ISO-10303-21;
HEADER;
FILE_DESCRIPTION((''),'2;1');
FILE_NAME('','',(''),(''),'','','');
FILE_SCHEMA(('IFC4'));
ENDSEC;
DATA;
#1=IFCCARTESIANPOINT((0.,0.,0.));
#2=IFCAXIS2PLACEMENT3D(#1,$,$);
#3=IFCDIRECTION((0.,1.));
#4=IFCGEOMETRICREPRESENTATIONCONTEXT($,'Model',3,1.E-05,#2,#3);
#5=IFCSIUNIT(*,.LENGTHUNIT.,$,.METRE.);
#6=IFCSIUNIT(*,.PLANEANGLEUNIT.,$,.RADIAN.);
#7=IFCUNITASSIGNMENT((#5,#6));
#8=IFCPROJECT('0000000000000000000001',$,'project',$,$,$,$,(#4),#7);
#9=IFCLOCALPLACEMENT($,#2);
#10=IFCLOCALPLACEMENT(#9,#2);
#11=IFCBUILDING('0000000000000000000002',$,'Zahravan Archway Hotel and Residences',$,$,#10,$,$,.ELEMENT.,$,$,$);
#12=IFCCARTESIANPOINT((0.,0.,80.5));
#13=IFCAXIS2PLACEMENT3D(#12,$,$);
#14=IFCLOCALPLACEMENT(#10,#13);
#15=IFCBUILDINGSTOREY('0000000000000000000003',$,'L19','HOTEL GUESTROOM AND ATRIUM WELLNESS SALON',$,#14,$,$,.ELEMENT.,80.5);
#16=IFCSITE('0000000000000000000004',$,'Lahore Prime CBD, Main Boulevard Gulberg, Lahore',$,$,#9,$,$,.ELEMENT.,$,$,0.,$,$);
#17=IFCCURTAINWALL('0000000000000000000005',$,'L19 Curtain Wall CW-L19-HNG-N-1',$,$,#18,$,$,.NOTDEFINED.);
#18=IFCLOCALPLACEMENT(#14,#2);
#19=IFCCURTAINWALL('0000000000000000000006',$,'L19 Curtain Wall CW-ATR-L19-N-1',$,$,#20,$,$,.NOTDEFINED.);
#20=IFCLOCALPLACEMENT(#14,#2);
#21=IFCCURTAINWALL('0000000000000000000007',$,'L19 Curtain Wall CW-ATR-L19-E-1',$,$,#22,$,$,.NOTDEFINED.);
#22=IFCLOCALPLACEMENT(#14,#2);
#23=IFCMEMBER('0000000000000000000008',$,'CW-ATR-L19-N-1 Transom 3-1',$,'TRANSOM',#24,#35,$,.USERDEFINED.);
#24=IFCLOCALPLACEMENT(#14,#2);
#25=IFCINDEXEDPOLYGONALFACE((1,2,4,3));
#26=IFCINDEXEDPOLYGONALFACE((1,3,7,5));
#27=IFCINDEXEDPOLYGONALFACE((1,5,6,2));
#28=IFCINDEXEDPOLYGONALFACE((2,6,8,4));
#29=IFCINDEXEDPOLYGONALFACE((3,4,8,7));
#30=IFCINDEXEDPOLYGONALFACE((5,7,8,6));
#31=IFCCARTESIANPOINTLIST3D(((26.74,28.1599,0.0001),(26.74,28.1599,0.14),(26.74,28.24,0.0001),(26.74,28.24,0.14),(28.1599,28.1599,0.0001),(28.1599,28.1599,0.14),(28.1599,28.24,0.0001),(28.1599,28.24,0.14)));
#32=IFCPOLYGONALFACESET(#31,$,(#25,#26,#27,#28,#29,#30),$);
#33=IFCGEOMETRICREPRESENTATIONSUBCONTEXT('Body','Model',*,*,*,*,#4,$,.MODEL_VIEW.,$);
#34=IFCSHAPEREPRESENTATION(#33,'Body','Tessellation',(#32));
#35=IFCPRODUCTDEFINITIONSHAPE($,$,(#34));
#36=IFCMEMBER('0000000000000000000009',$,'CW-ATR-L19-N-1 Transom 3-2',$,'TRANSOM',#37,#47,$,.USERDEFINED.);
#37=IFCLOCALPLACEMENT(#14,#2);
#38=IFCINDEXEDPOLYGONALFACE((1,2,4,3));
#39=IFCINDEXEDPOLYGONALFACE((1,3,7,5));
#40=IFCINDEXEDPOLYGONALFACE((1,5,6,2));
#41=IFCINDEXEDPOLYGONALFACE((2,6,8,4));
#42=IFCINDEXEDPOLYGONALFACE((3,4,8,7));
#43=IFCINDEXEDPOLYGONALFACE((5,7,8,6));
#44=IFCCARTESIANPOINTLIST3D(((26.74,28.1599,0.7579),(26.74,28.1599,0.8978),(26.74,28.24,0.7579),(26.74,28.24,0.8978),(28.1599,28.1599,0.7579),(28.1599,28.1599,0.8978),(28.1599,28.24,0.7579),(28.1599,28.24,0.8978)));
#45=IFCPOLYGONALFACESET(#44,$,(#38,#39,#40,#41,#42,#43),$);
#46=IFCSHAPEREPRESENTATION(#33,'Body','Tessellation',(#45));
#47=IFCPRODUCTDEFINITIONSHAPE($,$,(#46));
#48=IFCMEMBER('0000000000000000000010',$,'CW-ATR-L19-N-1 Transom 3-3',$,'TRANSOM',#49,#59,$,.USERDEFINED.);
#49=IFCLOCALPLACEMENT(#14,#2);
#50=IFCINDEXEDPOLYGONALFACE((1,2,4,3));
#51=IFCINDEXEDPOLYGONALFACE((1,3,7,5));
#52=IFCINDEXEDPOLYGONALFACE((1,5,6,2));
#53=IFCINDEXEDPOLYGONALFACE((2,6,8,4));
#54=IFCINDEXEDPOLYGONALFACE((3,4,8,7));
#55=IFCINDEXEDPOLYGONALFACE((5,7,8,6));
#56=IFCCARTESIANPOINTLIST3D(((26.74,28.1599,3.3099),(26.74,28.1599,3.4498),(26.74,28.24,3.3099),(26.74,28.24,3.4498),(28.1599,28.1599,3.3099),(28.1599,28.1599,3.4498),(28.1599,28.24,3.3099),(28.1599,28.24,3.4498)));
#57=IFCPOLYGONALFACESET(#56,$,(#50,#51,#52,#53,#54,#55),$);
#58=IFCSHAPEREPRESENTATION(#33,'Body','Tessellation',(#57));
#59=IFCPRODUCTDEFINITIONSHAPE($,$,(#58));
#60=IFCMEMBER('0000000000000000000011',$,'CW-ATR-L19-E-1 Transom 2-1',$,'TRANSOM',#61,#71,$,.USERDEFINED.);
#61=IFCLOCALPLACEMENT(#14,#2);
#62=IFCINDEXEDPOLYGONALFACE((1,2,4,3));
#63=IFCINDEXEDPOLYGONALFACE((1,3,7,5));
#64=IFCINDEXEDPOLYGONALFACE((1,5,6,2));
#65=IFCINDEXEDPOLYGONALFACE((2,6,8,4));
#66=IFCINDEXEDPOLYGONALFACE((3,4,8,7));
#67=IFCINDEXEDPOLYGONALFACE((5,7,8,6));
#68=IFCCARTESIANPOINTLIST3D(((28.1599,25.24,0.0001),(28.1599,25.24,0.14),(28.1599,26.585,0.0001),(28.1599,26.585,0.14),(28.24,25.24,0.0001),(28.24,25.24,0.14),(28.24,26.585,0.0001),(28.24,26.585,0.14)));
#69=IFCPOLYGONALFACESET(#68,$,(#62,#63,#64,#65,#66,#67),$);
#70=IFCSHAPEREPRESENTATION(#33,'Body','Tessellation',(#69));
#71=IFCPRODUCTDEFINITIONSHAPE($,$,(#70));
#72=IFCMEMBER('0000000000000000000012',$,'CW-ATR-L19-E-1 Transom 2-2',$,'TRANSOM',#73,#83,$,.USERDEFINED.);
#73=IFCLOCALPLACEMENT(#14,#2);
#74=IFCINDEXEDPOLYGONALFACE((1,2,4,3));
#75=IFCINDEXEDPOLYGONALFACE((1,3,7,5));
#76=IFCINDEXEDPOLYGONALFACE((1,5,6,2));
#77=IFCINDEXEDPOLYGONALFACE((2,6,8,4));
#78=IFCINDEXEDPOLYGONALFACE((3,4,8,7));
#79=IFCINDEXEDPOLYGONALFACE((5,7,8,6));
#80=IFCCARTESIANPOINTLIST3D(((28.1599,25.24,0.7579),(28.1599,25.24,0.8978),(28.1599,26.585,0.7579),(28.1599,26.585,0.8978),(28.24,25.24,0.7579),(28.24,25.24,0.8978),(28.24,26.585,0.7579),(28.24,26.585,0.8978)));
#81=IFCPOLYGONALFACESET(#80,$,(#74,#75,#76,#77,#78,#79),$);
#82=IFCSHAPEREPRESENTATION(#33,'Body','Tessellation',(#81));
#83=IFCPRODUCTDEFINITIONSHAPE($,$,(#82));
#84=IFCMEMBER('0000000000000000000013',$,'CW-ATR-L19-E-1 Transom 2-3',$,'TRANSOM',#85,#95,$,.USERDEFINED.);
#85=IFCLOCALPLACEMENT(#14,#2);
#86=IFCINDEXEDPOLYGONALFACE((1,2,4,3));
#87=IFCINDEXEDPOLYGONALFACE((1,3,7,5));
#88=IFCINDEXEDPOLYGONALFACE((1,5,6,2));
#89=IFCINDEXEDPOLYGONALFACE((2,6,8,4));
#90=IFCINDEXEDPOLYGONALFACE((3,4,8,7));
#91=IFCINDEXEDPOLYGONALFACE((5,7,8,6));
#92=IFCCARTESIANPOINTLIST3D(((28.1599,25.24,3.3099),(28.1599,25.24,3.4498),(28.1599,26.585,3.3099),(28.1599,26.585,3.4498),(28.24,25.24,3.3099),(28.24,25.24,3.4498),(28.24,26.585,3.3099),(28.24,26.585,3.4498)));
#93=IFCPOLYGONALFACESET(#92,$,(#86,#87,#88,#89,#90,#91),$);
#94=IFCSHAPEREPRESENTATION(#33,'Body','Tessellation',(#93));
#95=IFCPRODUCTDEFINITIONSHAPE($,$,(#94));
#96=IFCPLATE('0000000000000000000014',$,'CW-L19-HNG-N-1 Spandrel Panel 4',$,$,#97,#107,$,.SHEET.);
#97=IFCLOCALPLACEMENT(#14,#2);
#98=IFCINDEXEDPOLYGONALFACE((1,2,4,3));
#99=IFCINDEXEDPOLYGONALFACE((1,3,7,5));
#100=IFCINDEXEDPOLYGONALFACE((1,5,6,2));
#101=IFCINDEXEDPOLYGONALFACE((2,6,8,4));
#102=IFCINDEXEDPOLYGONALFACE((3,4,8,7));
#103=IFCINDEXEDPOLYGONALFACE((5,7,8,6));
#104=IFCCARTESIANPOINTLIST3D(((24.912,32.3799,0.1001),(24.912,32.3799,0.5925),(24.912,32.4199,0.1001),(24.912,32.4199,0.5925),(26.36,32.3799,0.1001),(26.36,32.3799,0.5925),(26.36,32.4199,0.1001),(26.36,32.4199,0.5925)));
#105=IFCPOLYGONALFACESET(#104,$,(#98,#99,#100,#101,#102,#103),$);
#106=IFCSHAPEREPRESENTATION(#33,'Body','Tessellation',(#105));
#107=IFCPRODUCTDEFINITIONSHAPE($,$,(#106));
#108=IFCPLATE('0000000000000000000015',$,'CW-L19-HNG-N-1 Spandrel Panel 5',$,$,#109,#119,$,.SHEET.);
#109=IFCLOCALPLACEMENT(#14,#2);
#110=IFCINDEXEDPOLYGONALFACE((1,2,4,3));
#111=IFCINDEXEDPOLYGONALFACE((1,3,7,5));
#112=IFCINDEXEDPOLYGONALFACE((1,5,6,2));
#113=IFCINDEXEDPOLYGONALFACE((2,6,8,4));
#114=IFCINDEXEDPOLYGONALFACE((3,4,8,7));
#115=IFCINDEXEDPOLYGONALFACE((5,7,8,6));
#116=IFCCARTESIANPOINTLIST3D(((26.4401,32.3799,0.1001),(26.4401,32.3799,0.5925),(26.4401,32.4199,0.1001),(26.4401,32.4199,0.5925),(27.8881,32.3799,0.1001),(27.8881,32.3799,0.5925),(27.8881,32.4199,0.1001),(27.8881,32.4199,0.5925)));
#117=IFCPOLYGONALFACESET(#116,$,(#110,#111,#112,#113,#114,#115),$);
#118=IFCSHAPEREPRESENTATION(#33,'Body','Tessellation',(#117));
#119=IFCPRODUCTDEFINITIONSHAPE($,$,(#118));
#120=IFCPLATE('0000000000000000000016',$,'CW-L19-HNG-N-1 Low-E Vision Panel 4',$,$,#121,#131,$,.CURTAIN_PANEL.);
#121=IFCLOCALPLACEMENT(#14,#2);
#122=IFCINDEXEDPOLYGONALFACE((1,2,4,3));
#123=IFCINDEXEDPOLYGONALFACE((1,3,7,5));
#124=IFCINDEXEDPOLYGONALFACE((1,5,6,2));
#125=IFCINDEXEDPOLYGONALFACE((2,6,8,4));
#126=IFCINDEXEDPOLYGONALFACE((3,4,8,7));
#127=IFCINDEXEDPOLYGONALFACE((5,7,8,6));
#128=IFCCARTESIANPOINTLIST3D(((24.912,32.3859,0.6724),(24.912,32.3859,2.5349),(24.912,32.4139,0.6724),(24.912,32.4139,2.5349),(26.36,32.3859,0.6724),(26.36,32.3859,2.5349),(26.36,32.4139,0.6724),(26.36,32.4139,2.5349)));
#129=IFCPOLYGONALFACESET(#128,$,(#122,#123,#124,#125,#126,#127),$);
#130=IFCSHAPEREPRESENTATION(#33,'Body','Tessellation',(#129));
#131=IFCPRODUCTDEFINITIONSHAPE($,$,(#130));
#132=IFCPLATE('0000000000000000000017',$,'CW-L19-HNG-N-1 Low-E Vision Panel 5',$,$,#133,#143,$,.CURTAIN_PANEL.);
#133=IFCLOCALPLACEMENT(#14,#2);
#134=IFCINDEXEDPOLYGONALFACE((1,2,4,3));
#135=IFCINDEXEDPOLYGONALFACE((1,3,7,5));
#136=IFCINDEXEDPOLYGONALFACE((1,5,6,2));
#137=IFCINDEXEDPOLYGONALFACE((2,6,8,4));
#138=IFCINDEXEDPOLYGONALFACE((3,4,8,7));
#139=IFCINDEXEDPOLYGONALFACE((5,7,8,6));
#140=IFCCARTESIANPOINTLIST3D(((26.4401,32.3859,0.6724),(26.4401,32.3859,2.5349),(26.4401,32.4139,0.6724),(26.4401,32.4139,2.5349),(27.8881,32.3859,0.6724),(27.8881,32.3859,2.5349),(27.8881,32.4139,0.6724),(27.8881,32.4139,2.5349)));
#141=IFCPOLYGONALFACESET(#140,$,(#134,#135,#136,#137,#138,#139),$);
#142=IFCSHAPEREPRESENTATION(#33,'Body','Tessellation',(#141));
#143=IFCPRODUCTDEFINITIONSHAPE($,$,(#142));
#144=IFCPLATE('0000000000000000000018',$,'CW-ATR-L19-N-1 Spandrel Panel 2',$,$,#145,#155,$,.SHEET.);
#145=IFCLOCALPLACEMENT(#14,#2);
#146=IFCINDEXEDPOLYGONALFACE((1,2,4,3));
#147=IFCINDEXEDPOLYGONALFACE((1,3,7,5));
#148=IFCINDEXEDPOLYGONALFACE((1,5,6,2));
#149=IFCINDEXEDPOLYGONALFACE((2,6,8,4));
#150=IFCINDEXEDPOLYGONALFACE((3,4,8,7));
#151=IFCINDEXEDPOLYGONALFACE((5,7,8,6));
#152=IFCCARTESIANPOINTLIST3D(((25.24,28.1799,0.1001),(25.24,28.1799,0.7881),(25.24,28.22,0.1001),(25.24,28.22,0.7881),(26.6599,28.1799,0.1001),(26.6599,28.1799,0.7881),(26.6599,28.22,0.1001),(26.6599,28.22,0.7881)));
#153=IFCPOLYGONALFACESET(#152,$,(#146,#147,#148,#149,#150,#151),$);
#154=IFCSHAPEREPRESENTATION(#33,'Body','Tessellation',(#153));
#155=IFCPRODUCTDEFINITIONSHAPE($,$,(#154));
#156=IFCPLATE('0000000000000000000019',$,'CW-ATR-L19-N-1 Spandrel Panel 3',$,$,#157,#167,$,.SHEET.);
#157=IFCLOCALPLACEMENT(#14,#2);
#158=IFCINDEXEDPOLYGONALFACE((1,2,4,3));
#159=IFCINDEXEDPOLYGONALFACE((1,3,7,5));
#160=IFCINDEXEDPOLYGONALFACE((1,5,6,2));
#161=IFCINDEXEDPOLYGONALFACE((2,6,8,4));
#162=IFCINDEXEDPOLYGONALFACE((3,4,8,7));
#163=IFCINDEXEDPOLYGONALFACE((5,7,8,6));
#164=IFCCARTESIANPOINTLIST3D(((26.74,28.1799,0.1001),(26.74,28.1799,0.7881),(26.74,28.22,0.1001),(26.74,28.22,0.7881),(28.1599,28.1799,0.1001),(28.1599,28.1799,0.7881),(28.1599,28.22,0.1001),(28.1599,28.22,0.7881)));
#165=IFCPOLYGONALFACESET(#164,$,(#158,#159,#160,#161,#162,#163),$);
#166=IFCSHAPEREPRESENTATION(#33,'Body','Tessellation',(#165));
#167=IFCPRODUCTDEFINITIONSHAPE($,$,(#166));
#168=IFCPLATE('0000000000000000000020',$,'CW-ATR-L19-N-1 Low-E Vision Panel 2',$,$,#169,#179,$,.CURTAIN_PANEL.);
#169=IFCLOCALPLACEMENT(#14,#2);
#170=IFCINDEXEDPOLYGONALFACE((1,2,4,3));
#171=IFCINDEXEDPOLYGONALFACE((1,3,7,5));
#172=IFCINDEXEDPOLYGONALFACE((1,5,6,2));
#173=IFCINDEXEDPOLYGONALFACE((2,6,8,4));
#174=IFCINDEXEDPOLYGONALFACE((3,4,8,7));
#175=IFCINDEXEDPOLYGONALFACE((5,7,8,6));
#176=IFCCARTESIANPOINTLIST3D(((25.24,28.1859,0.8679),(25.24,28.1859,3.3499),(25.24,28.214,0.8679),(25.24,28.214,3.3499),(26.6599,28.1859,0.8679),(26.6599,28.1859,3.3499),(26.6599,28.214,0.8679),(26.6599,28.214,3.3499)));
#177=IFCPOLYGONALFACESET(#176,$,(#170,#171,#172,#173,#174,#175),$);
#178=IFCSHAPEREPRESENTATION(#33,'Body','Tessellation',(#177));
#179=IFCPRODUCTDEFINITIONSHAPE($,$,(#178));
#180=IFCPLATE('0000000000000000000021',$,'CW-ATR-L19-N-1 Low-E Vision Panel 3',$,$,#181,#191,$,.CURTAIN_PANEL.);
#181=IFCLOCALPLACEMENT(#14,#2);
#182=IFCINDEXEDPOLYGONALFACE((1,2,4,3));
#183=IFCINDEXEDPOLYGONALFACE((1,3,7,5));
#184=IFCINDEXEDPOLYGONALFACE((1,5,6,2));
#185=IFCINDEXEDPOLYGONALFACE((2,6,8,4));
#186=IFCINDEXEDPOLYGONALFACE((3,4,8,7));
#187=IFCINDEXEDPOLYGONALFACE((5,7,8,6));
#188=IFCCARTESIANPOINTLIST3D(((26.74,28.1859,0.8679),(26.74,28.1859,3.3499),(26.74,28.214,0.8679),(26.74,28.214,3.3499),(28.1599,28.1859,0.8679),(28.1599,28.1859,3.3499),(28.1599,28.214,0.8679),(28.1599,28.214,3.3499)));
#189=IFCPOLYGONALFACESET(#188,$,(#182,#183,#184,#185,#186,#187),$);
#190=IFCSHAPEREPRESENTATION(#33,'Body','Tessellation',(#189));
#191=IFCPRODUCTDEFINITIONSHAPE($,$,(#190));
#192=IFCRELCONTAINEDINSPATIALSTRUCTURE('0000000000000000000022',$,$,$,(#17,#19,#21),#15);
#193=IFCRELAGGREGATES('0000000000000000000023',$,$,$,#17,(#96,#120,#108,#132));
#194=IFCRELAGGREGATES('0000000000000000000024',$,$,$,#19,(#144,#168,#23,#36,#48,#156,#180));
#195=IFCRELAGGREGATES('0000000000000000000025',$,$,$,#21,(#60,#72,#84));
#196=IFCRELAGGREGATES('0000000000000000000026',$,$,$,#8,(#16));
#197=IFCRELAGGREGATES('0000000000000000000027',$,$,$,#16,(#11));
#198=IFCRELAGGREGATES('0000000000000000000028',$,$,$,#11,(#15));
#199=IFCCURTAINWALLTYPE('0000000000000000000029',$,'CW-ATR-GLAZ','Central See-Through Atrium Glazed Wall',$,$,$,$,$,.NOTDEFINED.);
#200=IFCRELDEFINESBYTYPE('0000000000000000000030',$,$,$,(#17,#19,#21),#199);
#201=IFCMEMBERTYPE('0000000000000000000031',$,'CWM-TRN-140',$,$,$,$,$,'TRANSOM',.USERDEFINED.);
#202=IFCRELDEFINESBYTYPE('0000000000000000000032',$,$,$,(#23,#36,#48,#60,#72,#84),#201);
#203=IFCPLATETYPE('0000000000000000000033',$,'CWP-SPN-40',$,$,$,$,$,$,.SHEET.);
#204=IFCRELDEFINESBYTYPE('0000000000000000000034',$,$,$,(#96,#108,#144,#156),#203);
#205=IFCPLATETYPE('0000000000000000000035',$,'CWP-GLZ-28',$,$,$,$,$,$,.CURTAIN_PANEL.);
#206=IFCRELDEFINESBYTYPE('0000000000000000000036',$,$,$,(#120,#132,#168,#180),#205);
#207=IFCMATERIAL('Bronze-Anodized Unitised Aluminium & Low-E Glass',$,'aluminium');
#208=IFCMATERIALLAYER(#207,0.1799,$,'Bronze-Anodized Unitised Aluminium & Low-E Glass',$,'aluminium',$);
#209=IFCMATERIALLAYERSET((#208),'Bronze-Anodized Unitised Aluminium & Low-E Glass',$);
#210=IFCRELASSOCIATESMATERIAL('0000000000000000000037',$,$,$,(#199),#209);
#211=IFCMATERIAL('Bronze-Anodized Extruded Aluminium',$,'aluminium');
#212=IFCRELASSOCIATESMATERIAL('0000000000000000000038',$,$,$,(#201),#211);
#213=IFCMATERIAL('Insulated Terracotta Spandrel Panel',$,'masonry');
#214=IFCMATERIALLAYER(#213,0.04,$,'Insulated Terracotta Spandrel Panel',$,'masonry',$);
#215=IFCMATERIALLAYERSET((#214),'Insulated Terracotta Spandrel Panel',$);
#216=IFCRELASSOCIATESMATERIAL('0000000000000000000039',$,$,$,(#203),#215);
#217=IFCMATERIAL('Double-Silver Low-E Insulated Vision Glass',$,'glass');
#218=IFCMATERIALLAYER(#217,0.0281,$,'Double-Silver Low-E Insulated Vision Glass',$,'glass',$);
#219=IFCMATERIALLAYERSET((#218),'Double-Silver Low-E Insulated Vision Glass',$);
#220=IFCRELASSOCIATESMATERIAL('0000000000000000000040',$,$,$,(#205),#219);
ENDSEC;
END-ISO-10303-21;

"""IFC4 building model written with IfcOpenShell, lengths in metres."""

from ifc_helpers import new_model, si_unit, direction, frame, origin, origin_2d, place, context, subcontext, project, spatial, rectangle, extrude, source, transform, mapped, material, layer, layer_set, material_profile, profile_set, type_object, element, aggregate, save


model = new_model("IFC4")

# Units and contexts
model_context = context("Model", 3, precision=1e-05, world=origin(), true_north=direction((0.0, 1.0)))
body_context = subcontext(model_context, "Body", "Model", "MODEL_VIEW")
ifc_project = project(units=[si_unit("LENGTHUNIT", "METRE"), si_unit("PLANEANGLEUNIT", "RADIAN")], contexts=[model_context])

# Site, building, storey
site_placement = place(None, origin())
site = spatial("IfcSite", under=ifc_project, at=site_placement, Name="Lahore Prime CBD, Main Boulevard Gulberg, Lahore", CompositionType="ELEMENT", RefElevation=0.0)
building_placement = place(site_placement, origin())
building = spatial("IfcBuilding", under=site, at=building_placement, Name="Zahravan Archway Hotel and Residences", CompositionType="ELEMENT")
storey_placement = place(building_placement, frame((0.0, 0.0, 80.5)))
storey = spatial("IfcBuildingStorey", under=building, at=storey_placement, Name="L19", Description="HOTEL GUESTROOM AND ATRIUM WELLNESS SALON", CompositionType="ELEMENT", Elevation=80.5)

# Curtain walls
ifc_material_1 = material(Name="Bronze-Anodized Unitised Aluminium & Low-E Glass", Category="aluminium")
ifc_layer_1 = layer(ifc_material_1, 0.1799, Name="Bronze-Anodized Unitised Aluminium & Low-E Glass", Category="aluminium")
ifc_layer_set_1 = layer_set([ifc_layer_1], Name="Bronze-Anodized Unitised Aluminium & Low-E Glass")
curtain_wall_type = type_object("IfcCurtainWallType", Name="CW-ATR-GLAZ", Description="Central See-Through Atrium Glazed Wall", PredefinedType="NOTDEFINED", material=ifc_layer_set_1)
curtain_wall_1_placement = place(storey_placement, origin())
curtain_wall_1 = element("IfcCurtainWall", 1, at=curtain_wall_1_placement, inside=storey, type_object=curtain_wall_type, Name="L19 Curtain Wall CW-L19-HNG-N-1", PredefinedType="NOTDEFINED")
ifc_material_2 = material(Name="Bronze-Anodized Extruded Aluminium", Category="aluminium")
ifc_material_profile_1 = material_profile(ifc_material_2, rectangle(XDim=0.0801, YDim=0.1399, at=origin_2d()), Name="TRN 80x140", Category="aluminium")
ifc_profile_set_1 = profile_set([ifc_material_profile_1], Name="Bronze-Anodized Extruded Aluminium")
member_type_1 = type_object("IfcMemberType", Name="CWM-TRN-140", ElementType="TRANSOM", PredefinedType="USERDEFINED", material=ifc_profile_set_1)
curtain_wall_2_placement = place(storey_placement, origin())
curtain_wall_2 = element("IfcCurtainWall", 2, at=curtain_wall_2_placement, inside=storey, type_object=curtain_wall_type, Name="L19 Curtain Wall CW-ATR-L19-N-1", PredefinedType="NOTDEFINED")

# Curtain wall
curtain_wall_3_placement = place(storey_placement, origin())
curtain_wall_3 = element("IfcCurtainWall", 3, at=curtain_wall_3_placement, inside=storey, type_object=curtain_wall_type, Name="L19 Curtain Wall CW-ATR-L19-E-1", PredefinedType="NOTDEFINED")

# Members
shared_shape_1 = source(origin(), body_context, "Body", "SweptSolid", [
    extrude(rectangle(XDim=0.0801, YDim=0.1399, at=origin_2d()), origin(), (0.0, 0.0, 1.0), 1.4199),
])
member_1_placement = place(storey_placement, frame((26.74, 28.2, 0.0701), z_axis=(1.0, 0.0, 0.0), x_axis=(0.0, 1.0, 0.0)))
member_1 = element("IfcMember", 4, at=member_1_placement, type_object=member_type_1, Name="CW-ATR-L19-N-1 Transom 3-1", ObjectType="TRANSOM", PredefinedType="USERDEFINED", context=body_context, shape_type="MappedRepresentation", body=[
    mapped(shared_shape_1, transform((0.0, 0.0, 0.0), scale=1.0)),
])
member_2_placement = place(storey_placement, frame((26.74, 28.2, 0.8279), z_axis=(1.0, 0.0, 0.0), x_axis=(0.0, 1.0, 0.0)))
member_2 = element("IfcMember", 5, at=member_2_placement, type_object=member_type_1, Name="CW-ATR-L19-N-1 Transom 3-2", ObjectType="TRANSOM", PredefinedType="USERDEFINED", context=body_context, shape_type="MappedRepresentation", body=[
    mapped(shared_shape_1, transform((0.0, 0.0, 0.0), scale=1.0)),
])
member_3_placement = place(storey_placement, frame((26.74, 28.2, 3.3799), z_axis=(1.0, 0.0, 0.0), x_axis=(0.0, 1.0, 0.0)))
member_3 = element("IfcMember", 6, at=member_3_placement, type_object=member_type_1, Name="CW-ATR-L19-N-1 Transom 3-3", ObjectType="TRANSOM", PredefinedType="USERDEFINED", context=body_context, shape_type="MappedRepresentation", body=[
    mapped(shared_shape_1, transform((0.0, 0.0, 0.0), scale=1.0)),
])
shared_shape_2 = source(origin(), body_context, "Body", "SweptSolid", [
    extrude(rectangle(XDim=0.0801, YDim=0.1399, at=origin_2d()), origin(), (0.0, 0.0, 1.0), 1.345),
])
member_4_placement = place(storey_placement, frame((28.2, 25.24, 0.0701), z_axis=(0.0, 1.0, 0.0), x_axis=(-1.0, 0.0, 0.0)))
member_4 = element("IfcMember", 7, at=member_4_placement, type_object=member_type_1, Name="CW-ATR-L19-E-1 Transom 2-1", ObjectType="TRANSOM", PredefinedType="USERDEFINED", context=body_context, shape_type="MappedRepresentation", body=[
    mapped(shared_shape_2, transform((0.0, 0.0, 0.0), scale=1.0)),
])
member_5_placement = place(storey_placement, frame((28.2, 25.24, 0.8279), z_axis=(0.0, 1.0, 0.0), x_axis=(-1.0, 0.0, 0.0)))
member_5 = element("IfcMember", 8, at=member_5_placement, type_object=member_type_1, Name="CW-ATR-L19-E-1 Transom 2-2", ObjectType="TRANSOM", PredefinedType="USERDEFINED", context=body_context, shape_type="MappedRepresentation", body=[
    mapped(shared_shape_2, transform((0.0, 0.0, 0.0), scale=1.0)),
])
member_6_placement = place(storey_placement, frame((28.2, 25.24, 3.3799), z_axis=(0.0, 1.0, 0.0), x_axis=(-1.0, 0.0, 0.0)))
member_6 = element("IfcMember", 9, at=member_6_placement, type_object=member_type_1, Name="CW-ATR-L19-E-1 Transom 2-3", ObjectType="TRANSOM", PredefinedType="USERDEFINED", context=body_context, shape_type="MappedRepresentation", body=[
    mapped(shared_shape_2, transform((0.0, 0.0, 0.0), scale=1.0)),
])

# Plates
ifc_material_3 = material(Name="Insulated Terracotta Spandrel Panel", Category="masonry")
ifc_layer_2 = layer(ifc_material_3, 0.04, Name="Insulated Terracotta Spandrel Panel", Category="masonry")
ifc_layer_set_2 = layer_set([ifc_layer_2], Name="Insulated Terracotta Spandrel Panel")
plate_type_1 = type_object("IfcPlateType", Name="CWP-SPN-40", PredefinedType="SHEET", material=ifc_layer_set_2)
shared_shape_3 = source(origin(), body_context, "Body", "SweptSolid", [
    extrude(rectangle(XDim=1.448, YDim=0.04, at=origin_2d()), origin(), (0.0, 0.0, 1.0), 0.4924),
])
plate_1_placement = place(storey_placement, frame((25.636, 32.3999, 0.1001), z_axis=(0.0, 0.0, 1.0), x_axis=(1.0, 0.0, 0.0)))
plate_1 = element("IfcPlate", 10, at=plate_1_placement, type_object=plate_type_1, Name="CW-L19-HNG-N-1 Spandrel Panel 4", PredefinedType="SHEET", context=body_context, shape_type="MappedRepresentation", body=[
    mapped(shared_shape_3, transform((0.0, 0.0, 0.0), scale=1.0)),
])
plate_2_placement = place(storey_placement, frame((27.1641, 32.3999, 0.1001), z_axis=(0.0, 0.0, 1.0), x_axis=(1.0, 0.0, 0.0)))
plate_2 = element("IfcPlate", 11, at=plate_2_placement, type_object=plate_type_1, Name="CW-L19-HNG-N-1 Spandrel Panel 5", PredefinedType="SHEET", context=body_context, shape_type="MappedRepresentation", body=[
    mapped(shared_shape_3, transform((0.0, 0.0, 0.0), scale=1.0)),
])
ifc_material_4 = material(Name="Double-Silver Low-E Insulated Vision Glass", Category="glass")
ifc_layer_3 = layer(ifc_material_4, 0.0281, Name="Double-Silver Low-E Insulated Vision Glass", Category="glass")
ifc_layer_set_3 = layer_set([ifc_layer_3], Name="Double-Silver Low-E Insulated Vision Glass")
plate_type_2 = type_object("IfcPlateType", Name="CWP-GLZ-28", PredefinedType="CURTAIN_PANEL", material=ifc_layer_set_3)
shared_shape_4 = source(origin(), body_context, "Body", "SweptSolid", [
    extrude(rectangle(XDim=1.448, YDim=0.0281, at=origin_2d()), origin(), (0.0, 0.0, 1.0), 1.8625),
])
plate_3_placement = place(storey_placement, frame((25.636, 32.3999, 0.6724), z_axis=(0.0, 0.0, 1.0), x_axis=(1.0, 0.0, 0.0)))
plate_3 = element("IfcPlate", 12, at=plate_3_placement, type_object=plate_type_2, Name="CW-L19-HNG-N-1 Low-E Vision Panel 4", PredefinedType="CURTAIN_PANEL", context=body_context, shape_type="MappedRepresentation", body=[
    mapped(shared_shape_4, transform((0.0, 0.0, 0.0), scale=1.0)),
])
plate_4_placement = place(storey_placement, frame((27.1641, 32.3999, 0.6724), z_axis=(0.0, 0.0, 1.0), x_axis=(1.0, 0.0, 0.0)))
plate_4 = element("IfcPlate", 13, at=plate_4_placement, type_object=plate_type_2, Name="CW-L19-HNG-N-1 Low-E Vision Panel 5", PredefinedType="CURTAIN_PANEL", context=body_context, shape_type="MappedRepresentation", body=[
    mapped(shared_shape_4, transform((0.0, 0.0, 0.0), scale=1.0)),
])
aggregate(curtain_wall_1, [plate_1, plate_3, plate_2, plate_4])
shared_shape_5 = source(origin(), body_context, "Body", "SweptSolid", [
    extrude(rectangle(XDim=1.4199, YDim=0.04, at=origin_2d()), origin(), (0.0, 0.0, 1.0), 0.688),
])
plate_5_placement = place(storey_placement, frame((25.95, 28.2, 0.1001), z_axis=(0.0, 0.0, 1.0), x_axis=(1.0, 0.0, 0.0)))
plate_5 = element("IfcPlate", 14, at=plate_5_placement, type_object=plate_type_1, Name="CW-ATR-L19-N-1 Spandrel Panel 2", PredefinedType="SHEET", context=body_context, shape_type="MappedRepresentation", body=[
    mapped(shared_shape_5, transform((0.0, 0.0, 0.0), scale=1.0)),
])
plate_6_placement = place(storey_placement, frame((27.45, 28.2, 0.1001), z_axis=(0.0, 0.0, 1.0), x_axis=(1.0, 0.0, 0.0)))
plate_6 = element("IfcPlate", 15, at=plate_6_placement, type_object=plate_type_1, Name="CW-ATR-L19-N-1 Spandrel Panel 3", PredefinedType="SHEET", context=body_context, shape_type="MappedRepresentation", body=[
    mapped(shared_shape_5, transform((0.0, 0.0, 0.0), scale=1.0)),
])
shared_shape_6 = source(origin(), body_context, "Body", "SweptSolid", [
    extrude(rectangle(XDim=1.4199, YDim=0.0281, at=origin_2d()), origin(), (0.0, 0.0, 1.0), 2.4819),
])
plate_7_placement = place(storey_placement, frame((25.95, 28.2, 0.8679), z_axis=(0.0, 0.0, 1.0), x_axis=(1.0, 0.0, 0.0)))
plate_7 = element("IfcPlate", 16, at=plate_7_placement, type_object=plate_type_2, Name="CW-ATR-L19-N-1 Low-E Vision Panel 2", PredefinedType="CURTAIN_PANEL", context=body_context, shape_type="MappedRepresentation", body=[
    mapped(shared_shape_6, transform((0.0, 0.0, 0.0), scale=1.0)),
])
plate_8_placement = place(storey_placement, frame((27.45, 28.2, 0.8679), z_axis=(0.0, 0.0, 1.0), x_axis=(1.0, 0.0, 0.0)))
plate_8 = element("IfcPlate", 17, at=plate_8_placement, type_object=plate_type_2, Name="CW-ATR-L19-N-1 Low-E Vision Panel 3", PredefinedType="CURTAIN_PANEL", context=body_context, shape_type="MappedRepresentation", body=[
    mapped(shared_shape_6, transform((0.0, 0.0, 0.0), scale=1.0)),
])
aggregate(curtain_wall_2, [plate_5, plate_7, member_1, member_2, member_3, plate_6, plate_8])
aggregate(curtain_wall_3, [member_4, member_5, member_6])

save(model, "model.ifc")
